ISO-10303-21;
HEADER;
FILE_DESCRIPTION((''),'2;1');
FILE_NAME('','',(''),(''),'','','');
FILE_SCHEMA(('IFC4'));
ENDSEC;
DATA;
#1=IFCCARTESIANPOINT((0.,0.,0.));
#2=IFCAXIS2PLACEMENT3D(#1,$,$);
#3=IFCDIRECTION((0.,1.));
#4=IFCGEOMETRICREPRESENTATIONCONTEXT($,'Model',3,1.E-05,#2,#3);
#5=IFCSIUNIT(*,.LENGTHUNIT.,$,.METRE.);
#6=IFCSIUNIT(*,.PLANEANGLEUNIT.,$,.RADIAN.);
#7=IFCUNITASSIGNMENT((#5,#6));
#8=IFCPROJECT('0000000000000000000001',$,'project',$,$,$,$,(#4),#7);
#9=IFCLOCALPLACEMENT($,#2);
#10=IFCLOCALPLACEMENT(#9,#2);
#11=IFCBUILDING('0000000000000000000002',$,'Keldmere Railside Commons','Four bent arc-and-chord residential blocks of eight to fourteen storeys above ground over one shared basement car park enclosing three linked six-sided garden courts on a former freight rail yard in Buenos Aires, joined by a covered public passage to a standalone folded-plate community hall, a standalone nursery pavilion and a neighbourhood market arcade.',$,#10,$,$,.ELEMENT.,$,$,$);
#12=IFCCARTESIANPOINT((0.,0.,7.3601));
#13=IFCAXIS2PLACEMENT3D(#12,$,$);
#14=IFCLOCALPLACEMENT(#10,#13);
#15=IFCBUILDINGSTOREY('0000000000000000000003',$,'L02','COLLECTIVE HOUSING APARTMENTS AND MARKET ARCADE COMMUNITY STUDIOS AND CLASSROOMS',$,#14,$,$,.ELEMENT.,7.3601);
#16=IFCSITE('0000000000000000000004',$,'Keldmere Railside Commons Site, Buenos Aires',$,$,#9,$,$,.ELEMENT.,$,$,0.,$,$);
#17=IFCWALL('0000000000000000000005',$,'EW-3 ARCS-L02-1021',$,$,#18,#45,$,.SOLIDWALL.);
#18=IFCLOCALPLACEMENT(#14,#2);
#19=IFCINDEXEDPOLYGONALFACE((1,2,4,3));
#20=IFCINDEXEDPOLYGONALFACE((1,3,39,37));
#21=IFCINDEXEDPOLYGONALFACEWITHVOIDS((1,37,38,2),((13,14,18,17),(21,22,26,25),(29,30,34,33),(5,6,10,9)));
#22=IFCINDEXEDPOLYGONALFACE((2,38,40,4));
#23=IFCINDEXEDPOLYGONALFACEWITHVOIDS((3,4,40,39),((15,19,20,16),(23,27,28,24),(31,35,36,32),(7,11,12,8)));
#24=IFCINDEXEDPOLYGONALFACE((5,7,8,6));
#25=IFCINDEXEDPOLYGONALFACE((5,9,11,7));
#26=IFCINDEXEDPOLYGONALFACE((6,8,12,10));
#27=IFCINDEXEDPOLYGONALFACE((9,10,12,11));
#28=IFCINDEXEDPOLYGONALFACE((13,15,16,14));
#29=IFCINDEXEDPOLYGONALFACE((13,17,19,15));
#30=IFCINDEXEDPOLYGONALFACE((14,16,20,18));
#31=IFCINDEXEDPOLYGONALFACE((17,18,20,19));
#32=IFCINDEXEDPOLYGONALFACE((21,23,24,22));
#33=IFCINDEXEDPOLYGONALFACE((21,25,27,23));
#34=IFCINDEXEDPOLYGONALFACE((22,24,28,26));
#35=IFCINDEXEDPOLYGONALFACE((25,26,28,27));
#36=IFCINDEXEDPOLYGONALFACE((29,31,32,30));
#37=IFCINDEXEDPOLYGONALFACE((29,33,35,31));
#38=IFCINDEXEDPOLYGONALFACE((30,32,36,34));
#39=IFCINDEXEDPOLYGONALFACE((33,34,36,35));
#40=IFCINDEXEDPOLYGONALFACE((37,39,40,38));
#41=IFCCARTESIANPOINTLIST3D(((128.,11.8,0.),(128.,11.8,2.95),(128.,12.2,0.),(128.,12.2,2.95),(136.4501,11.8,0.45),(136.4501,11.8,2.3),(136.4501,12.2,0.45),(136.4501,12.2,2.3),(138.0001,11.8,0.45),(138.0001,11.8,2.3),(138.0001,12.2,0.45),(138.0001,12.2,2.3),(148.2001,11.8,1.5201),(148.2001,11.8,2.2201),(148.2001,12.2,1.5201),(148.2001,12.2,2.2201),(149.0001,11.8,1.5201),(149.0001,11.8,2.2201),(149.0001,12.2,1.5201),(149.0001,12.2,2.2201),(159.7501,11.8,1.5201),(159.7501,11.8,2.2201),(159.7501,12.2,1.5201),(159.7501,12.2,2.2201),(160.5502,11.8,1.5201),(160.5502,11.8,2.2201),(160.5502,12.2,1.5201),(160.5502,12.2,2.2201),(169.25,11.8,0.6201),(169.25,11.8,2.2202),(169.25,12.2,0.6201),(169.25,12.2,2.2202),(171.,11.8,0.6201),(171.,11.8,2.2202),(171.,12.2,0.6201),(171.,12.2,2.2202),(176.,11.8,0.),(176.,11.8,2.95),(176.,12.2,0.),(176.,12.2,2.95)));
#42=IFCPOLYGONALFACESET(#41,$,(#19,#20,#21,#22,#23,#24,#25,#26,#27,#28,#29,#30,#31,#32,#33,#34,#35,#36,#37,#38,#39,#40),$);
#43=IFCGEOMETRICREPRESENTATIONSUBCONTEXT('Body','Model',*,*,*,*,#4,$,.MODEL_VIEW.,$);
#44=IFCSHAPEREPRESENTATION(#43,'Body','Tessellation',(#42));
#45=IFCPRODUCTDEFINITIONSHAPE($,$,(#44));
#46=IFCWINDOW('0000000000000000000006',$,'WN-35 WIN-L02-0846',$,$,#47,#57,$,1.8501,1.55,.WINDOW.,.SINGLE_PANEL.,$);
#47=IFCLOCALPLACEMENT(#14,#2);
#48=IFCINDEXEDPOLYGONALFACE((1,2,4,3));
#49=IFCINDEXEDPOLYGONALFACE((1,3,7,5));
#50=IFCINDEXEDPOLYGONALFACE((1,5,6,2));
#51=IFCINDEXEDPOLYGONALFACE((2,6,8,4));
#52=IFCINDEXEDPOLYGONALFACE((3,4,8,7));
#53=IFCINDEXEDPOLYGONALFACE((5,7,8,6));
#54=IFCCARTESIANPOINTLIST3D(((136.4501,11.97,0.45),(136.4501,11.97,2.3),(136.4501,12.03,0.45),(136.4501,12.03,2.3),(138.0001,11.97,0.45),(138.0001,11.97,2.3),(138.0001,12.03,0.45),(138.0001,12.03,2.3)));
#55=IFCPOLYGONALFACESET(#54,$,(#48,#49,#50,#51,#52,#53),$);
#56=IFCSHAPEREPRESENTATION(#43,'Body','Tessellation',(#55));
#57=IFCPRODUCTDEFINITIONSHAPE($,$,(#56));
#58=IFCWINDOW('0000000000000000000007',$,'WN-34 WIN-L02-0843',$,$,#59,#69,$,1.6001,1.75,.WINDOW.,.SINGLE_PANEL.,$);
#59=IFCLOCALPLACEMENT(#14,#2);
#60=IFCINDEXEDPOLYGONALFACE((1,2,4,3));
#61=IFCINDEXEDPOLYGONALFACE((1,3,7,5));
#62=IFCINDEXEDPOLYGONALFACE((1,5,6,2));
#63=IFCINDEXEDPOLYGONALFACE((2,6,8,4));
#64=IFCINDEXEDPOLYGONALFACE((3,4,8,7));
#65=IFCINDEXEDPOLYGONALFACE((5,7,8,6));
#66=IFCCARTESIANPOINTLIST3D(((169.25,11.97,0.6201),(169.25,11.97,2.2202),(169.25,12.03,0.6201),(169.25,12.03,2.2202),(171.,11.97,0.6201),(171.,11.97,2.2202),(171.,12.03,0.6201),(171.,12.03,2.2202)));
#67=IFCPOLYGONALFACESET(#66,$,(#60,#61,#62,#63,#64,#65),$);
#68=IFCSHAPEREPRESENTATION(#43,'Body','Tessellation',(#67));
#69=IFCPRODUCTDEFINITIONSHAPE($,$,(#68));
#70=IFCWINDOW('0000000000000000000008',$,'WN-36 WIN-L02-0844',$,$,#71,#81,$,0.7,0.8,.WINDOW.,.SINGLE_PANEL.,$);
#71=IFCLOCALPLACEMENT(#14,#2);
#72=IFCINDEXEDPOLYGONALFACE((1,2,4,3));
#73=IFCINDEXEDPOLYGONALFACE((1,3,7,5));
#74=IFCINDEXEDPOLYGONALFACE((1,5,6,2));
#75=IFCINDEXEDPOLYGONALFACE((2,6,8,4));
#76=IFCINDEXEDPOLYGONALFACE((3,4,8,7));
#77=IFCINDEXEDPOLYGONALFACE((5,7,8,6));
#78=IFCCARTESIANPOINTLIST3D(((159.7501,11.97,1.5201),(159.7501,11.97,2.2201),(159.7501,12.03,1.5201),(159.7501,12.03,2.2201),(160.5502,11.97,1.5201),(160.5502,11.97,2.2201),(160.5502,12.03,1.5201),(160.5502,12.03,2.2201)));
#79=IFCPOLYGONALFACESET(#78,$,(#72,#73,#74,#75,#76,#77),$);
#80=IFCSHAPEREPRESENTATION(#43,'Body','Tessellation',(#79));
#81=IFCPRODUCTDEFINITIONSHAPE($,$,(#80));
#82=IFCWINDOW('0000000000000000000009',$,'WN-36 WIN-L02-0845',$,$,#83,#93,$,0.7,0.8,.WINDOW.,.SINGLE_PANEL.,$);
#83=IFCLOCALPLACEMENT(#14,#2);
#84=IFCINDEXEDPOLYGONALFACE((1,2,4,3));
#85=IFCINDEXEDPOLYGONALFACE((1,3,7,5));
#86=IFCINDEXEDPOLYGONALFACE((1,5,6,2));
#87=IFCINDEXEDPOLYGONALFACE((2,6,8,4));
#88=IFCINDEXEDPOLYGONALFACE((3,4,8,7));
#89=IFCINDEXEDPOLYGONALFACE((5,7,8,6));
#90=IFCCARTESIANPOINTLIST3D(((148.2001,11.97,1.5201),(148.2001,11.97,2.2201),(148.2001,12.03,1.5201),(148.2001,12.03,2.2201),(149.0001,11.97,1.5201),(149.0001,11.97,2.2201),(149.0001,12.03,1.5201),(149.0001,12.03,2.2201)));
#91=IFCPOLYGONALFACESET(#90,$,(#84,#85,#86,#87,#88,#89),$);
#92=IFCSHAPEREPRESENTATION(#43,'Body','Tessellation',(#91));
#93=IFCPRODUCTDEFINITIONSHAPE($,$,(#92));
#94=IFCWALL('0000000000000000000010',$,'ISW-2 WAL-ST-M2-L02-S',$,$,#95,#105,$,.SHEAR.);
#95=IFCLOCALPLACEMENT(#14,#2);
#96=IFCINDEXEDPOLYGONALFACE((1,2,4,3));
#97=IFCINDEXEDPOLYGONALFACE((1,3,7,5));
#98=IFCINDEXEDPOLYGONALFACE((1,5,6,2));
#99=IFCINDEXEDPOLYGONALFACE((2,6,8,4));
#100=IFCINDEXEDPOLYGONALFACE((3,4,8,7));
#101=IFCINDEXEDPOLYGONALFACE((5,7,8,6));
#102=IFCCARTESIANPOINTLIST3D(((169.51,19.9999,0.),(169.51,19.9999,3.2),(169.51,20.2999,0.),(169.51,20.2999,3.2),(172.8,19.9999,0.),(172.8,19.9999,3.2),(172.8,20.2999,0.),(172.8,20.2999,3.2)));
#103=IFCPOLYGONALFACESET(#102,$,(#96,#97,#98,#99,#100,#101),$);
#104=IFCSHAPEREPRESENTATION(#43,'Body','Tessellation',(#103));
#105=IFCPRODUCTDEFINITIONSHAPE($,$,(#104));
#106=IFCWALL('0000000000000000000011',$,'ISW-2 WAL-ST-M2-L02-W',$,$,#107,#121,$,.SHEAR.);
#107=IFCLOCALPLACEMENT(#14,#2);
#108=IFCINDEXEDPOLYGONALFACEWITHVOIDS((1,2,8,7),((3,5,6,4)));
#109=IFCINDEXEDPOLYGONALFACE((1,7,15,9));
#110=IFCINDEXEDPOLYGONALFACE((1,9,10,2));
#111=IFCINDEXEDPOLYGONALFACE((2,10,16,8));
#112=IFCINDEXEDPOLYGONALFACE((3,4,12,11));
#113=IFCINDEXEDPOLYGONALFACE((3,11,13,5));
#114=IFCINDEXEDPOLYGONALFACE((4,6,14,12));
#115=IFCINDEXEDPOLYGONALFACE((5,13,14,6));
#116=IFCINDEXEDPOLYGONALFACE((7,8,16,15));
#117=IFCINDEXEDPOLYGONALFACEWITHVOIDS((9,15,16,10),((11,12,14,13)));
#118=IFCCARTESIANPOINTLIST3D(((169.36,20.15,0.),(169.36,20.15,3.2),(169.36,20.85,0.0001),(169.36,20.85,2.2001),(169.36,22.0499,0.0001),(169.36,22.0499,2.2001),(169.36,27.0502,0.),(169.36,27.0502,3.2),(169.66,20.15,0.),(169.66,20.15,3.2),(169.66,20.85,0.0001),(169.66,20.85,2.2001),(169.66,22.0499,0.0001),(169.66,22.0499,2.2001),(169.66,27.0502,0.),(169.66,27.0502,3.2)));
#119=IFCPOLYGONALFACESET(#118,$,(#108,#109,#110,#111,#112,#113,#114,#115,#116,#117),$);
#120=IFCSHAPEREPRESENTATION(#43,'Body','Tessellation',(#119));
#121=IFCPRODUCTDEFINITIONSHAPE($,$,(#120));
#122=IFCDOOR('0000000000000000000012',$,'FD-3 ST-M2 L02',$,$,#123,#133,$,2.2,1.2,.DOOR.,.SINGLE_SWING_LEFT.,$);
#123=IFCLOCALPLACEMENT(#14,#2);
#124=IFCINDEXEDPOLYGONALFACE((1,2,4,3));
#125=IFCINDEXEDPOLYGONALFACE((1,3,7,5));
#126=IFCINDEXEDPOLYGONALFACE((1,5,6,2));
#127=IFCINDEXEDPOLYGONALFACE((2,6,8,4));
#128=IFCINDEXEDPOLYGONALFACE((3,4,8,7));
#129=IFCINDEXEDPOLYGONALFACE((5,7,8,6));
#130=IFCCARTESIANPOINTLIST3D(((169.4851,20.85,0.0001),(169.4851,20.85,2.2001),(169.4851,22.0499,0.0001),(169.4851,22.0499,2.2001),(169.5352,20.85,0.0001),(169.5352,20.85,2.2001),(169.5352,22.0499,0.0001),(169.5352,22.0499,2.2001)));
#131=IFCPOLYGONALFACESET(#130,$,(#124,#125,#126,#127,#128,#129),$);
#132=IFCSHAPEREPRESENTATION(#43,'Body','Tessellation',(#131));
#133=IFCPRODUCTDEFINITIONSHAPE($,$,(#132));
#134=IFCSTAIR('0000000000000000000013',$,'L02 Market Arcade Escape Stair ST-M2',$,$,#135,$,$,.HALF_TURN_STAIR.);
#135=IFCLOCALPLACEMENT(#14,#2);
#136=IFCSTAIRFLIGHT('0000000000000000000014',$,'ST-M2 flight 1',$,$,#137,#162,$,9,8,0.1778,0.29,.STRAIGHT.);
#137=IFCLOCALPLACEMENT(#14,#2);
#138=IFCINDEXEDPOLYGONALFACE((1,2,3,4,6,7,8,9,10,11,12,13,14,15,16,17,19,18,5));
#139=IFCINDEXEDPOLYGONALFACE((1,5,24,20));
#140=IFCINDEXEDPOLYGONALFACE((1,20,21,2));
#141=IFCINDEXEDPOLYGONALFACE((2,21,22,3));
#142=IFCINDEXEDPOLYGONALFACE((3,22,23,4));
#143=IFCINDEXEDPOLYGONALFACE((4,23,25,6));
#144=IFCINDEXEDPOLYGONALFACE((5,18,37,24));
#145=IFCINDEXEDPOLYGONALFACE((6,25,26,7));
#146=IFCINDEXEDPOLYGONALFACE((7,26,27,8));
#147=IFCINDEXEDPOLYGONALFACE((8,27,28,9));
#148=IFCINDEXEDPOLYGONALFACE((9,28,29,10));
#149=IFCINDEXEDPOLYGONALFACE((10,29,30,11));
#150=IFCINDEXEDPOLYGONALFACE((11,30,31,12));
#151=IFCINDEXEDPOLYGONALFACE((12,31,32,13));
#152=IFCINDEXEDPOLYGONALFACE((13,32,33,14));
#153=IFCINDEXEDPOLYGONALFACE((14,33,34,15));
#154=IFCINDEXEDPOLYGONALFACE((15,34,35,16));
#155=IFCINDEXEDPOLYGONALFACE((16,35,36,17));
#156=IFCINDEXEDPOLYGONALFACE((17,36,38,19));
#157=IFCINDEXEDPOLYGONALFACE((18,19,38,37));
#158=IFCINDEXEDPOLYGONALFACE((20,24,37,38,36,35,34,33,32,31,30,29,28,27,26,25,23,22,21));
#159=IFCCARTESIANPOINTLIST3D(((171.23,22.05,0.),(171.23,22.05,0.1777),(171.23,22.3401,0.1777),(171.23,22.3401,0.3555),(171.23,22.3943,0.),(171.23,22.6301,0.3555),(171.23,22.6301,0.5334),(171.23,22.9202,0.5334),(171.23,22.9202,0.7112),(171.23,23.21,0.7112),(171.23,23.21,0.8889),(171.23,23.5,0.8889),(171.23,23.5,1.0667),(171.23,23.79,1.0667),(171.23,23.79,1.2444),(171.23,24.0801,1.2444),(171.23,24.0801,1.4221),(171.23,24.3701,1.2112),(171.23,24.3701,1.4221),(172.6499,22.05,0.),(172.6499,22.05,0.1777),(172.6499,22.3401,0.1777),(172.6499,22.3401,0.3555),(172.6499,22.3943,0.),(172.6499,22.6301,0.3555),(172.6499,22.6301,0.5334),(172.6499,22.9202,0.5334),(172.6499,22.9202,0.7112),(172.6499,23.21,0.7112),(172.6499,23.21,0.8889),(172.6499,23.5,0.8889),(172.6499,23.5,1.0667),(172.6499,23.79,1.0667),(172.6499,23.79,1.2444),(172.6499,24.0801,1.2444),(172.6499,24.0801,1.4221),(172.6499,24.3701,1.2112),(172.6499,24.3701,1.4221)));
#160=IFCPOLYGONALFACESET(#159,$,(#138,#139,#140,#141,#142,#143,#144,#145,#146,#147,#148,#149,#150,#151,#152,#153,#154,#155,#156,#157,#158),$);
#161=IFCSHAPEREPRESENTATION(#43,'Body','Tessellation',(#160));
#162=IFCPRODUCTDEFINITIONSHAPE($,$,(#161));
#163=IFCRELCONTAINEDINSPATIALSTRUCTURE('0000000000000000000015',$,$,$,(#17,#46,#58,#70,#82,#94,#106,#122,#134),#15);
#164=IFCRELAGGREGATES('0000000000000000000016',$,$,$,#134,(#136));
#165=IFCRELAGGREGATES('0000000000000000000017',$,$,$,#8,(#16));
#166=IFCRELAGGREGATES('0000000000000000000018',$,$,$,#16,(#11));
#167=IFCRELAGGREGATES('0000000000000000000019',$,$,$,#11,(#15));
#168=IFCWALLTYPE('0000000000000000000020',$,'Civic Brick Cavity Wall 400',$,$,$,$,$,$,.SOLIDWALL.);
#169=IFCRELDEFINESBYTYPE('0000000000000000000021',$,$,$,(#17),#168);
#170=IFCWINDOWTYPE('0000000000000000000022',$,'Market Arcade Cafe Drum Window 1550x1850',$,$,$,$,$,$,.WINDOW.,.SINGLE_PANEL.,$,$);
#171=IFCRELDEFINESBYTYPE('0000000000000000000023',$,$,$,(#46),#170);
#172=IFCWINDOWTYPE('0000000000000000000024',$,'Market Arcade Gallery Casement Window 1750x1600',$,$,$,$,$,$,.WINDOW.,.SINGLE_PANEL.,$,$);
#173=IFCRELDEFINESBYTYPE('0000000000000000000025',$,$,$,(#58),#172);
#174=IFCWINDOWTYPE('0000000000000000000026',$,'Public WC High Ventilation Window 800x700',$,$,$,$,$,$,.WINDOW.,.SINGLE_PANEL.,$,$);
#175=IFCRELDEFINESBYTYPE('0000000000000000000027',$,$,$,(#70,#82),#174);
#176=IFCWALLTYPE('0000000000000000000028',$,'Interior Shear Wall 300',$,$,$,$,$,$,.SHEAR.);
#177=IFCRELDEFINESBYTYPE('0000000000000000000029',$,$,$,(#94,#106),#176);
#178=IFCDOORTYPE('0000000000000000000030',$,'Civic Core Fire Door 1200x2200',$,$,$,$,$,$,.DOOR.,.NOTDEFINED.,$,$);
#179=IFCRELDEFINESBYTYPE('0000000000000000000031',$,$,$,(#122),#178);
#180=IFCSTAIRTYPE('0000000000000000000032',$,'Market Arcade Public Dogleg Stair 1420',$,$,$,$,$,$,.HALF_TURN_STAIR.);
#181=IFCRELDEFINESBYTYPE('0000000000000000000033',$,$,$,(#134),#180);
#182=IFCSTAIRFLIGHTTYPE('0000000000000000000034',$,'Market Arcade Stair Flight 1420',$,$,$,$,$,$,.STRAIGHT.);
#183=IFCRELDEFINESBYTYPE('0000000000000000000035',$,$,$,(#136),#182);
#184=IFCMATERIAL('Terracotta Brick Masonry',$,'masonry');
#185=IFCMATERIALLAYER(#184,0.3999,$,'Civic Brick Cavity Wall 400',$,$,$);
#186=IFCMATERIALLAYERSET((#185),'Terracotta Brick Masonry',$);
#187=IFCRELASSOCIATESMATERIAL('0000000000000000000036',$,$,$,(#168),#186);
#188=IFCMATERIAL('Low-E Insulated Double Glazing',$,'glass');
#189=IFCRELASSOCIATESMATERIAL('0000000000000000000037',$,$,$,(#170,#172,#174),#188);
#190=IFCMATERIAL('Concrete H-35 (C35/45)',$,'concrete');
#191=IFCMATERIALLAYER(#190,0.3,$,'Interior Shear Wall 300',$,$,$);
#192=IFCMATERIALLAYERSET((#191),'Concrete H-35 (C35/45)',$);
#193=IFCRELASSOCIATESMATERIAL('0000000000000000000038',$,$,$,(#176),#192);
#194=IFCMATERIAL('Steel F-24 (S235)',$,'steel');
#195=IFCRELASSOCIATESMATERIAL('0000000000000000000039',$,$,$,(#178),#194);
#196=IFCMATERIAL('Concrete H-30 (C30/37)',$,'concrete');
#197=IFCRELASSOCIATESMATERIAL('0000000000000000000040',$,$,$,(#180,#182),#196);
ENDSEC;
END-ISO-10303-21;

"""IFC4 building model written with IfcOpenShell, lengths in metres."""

from ifc_helpers import new_model, si_unit, direction, frame, frame_2d, origin, place, context, subcontext, project, spatial, polyline, rectangle, outline, extrude, material, layer, layer_set, type_object, element, fill, aggregate, save


model = new_model("IFC4")

# Units and contexts
model_context = context("Model", 3, precision=1e-05, world=origin(), true_north=direction((0.0, 1.0)))
body_context = subcontext(model_context, "Body", "Model", "MODEL_VIEW")
ifc_project = project(units=[si_unit("LENGTHUNIT", "METRE"), si_unit("PLANEANGLEUNIT", "RADIAN")], contexts=[model_context])

# Site, building, storey
site_placement = place(None, origin())
site = spatial("IfcSite", under=ifc_project, at=site_placement, Name="Keldmere Railside Commons Site, Buenos Aires", CompositionType="ELEMENT", RefElevation=0.0)
building_placement = place(site_placement, origin())
building = spatial("IfcBuilding", under=site, at=building_placement, Name="Keldmere Railside Commons", Description="Four bent arc-and-chord residential blocks of eight to fourteen storeys above ground over one shared basement car park enclosing three linked six-sided garden courts on a former freight rail yard in Buenos Aires, joined by a covered public passage to a standalone folded-plate community hall, a standalone nursery pavilion and a neighbourhood market arcade.", CompositionType="ELEMENT")
storey_placement = place(building_placement, frame((0.0, 0.0, 7.3601)))
storey = spatial("IfcBuildingStorey", under=building, at=storey_placement, Name="L02", Description="COLLECTIVE HOUSING APARTMENTS AND MARKET ARCADE COMMUNITY STUDIOS AND CLASSROOMS", CompositionType="ELEMENT", Elevation=7.3601)

# Shared definitions
ifc_material_1 = material(Name="Concrete H-35 (C35/45)", Category="concrete")

# Shared definitions
ifc_material_2 = material(Name="Concrete H-30 (C30/37)", Category="concrete")

# Wall, openings, windows
ifc_material_3 = material(Name="Terracotta Brick Masonry", Category="masonry")
ifc_layer_1 = layer(ifc_material_3, 0.3999, Name="Civic Brick Cavity Wall 400")
ifc_layer_set_1 = layer_set([ifc_layer_1], Name="Terracotta Brick Masonry")
wall_type_1 = type_object("IfcWallType", Name="Civic Brick Cavity Wall 400", PredefinedType="SOLIDWALL", material=ifc_layer_set_1)
wall_1_placement = place(storey_placement, frame((176.0, 12.0, 0.0), z_axis=(0.0, 0.0, 1.0), x_axis=(-1.0, 0.0, 0.0)))
wall_1 = element("IfcWall", 1, at=wall_1_placement, inside=storey, type_object=wall_type_1, Name="EW-3 ARCS-L02-1021", PredefinedType="SOLIDWALL", context=body_context, shape_type="SweptSolid", body=[
    extrude(rectangle(XDim=48.0, YDim=0.3999, at=frame_2d((24.0, 0.0))), origin(), (0.0, 0.0, 1.0), 2.95),
])
opening_1_placement = place(wall_1_placement, frame((5.0, 0.0, 0.6201)))
opening_1 = element("IfcOpeningElement", 2, at=opening_1_placement, cuts=wall_1, PredefinedType="OPENING", context=body_context, shape_type="SweptSolid", body=[
    extrude(rectangle(XDim=1.75, YDim=1.6001, at=frame_2d((0.875, 0.8))), frame((0.0, 0.21, 0.0), z_axis=(0.0, -1.0, 0.0), x_axis=(1.0, 0.0, 0.0)), (0.0, 0.0, 1.0), 0.4199),
])
opening_2_placement = place(wall_1_placement, frame((15.45, 0.0, 1.52)))
opening_2 = element("IfcOpeningElement", 3, at=opening_2_placement, cuts=wall_1, PredefinedType="OPENING", context=body_context, shape_type="SweptSolid", body=[
    extrude(rectangle(XDim=0.8, YDim=0.7, at=frame_2d((0.3999, 0.3501))), frame((0.0, 0.21, 0.0), z_axis=(0.0, -1.0, 0.0), x_axis=(1.0, 0.0, 0.0)), (0.0, 0.0, 1.0), 0.4199),
])
opening_3_placement = place(wall_1_placement, frame((27.0, 0.0, 1.52)))
opening_3 = element("IfcOpeningElement", 4, at=opening_3_placement, cuts=wall_1, PredefinedType="OPENING", context=body_context, shape_type="SweptSolid", body=[
    extrude(rectangle(XDim=0.8, YDim=0.7, at=frame_2d((0.3999, 0.3501))), frame((0.0, 0.21, 0.0), z_axis=(0.0, -1.0, 0.0), x_axis=(1.0, 0.0, 0.0)), (0.0, 0.0, 1.0), 0.4199),
])
opening_4_placement = place(wall_1_placement, frame((38.0, 0.0, 0.45)))
opening_4 = element("IfcOpeningElement", 5, at=opening_4_placement, cuts=wall_1, PredefinedType="OPENING", context=body_context, shape_type="SweptSolid", body=[
    extrude(rectangle(XDim=1.55, YDim=1.8501, at=frame_2d((0.7749, 0.925))), frame((0.0, 0.21, 0.0), z_axis=(0.0, -1.0, 0.0), x_axis=(1.0, 0.0, 0.0)), (0.0, 0.0, 1.0), 0.4199),
])
ifc_material_4 = material(Name="Low-E Insulated Double Glazing", Category="glass")
window_type_1 = type_object("IfcWindowType", Name="Market Arcade Cafe Drum Window 1550x1850", PartitioningType="SINGLE_PANEL", PredefinedType="WINDOW", material=ifc_material_4)
window_1_placement = place(opening_4_placement, origin())
window_1 = element("IfcWindow", 6, at=window_1_placement, inside=storey, type_object=window_type_1, Name="WN-35 WIN-L02-0846", OverallHeight=1.8501, OverallWidth=1.55, PartitioningType="SINGLE_PANEL", PredefinedType="WINDOW", context=body_context, shape_type="SweptSolid", body=[
    extrude(rectangle(XDim=1.55, YDim=1.8501, at=frame_2d((0.7749, 0.925))), frame((0.0, 0.03, 0.0), z_axis=(0.0, -1.0, 0.0), x_axis=(1.0, 0.0, 0.0)), (0.0, 0.0, 1.0), 0.0601),
])
fill(opening_4, window_1)
window_type_2 = type_object("IfcWindowType", Name="Market Arcade Gallery Casement Window 1750x1600", PartitioningType="SINGLE_PANEL", PredefinedType="WINDOW", material=ifc_material_4)
window_2_placement = place(opening_1_placement, origin())
window_2 = element("IfcWindow", 7, at=window_2_placement, inside=storey, type_object=window_type_2, Name="WN-34 WIN-L02-0843", OverallHeight=1.6001, OverallWidth=1.75, PartitioningType="SINGLE_PANEL", PredefinedType="WINDOW", context=body_context, shape_type="SweptSolid", body=[
    extrude(rectangle(XDim=1.75, YDim=1.6001, at=frame_2d((0.875, 0.8))), frame((0.0, 0.03, 0.0), z_axis=(0.0, -1.0, 0.0), x_axis=(1.0, 0.0, 0.0)), (0.0, 0.0, 1.0), 0.0601),
])
fill(opening_1, window_2)
window_type_3 = type_object("IfcWindowType", Name="Public WC High Ventilation Window 800x700", PartitioningType="SINGLE_PANEL", PredefinedType="WINDOW", material=ifc_material_4)
window_3_placement = place(opening_2_placement, origin())
window_3 = element("IfcWindow", 8, at=window_3_placement, inside=storey, type_object=window_type_3, Name="WN-36 WIN-L02-0844", OverallHeight=0.7, OverallWidth=0.8, PartitioningType="SINGLE_PANEL", PredefinedType="WINDOW", context=body_context, shape_type="SweptSolid", body=[
    extrude(rectangle(XDim=0.8, YDim=0.7, at=frame_2d((0.3999, 0.3501))), frame((0.0, 0.03, 0.0), z_axis=(0.0, -1.0, 0.0), x_axis=(1.0, 0.0, 0.0)), (0.0, 0.0, 1.0), 0.0601),
])
fill(opening_2, window_3)
window_4_placement = place(opening_3_placement, origin())
window_4 = element("IfcWindow", 9, at=window_4_placement, inside=storey, type_object=window_type_3, Name="WN-36 WIN-L02-0845", OverallHeight=0.7, OverallWidth=0.8, PartitioningType="SINGLE_PANEL", PredefinedType="WINDOW", context=body_context, shape_type="SweptSolid", body=[
    extrude(rectangle(XDim=0.8, YDim=0.7, at=frame_2d((0.3999, 0.3501))), frame((0.0, 0.03, 0.0), z_axis=(0.0, -1.0, 0.0), x_axis=(1.0, 0.0, 0.0)), (0.0, 0.0, 1.0), 0.0601),
])
fill(opening_3, window_4)

# Shared definitions
ifc_material_5 = material(Name="Steel F-24 (S235)", Category="steel")

# Wall
ifc_layer_2 = layer(ifc_material_1, 0.3, Name="Interior Shear Wall 300")
ifc_layer_set_2 = layer_set([ifc_layer_2], Name="Concrete H-35 (C35/45)")
wall_type_2 = type_object("IfcWallType", Name="Interior Shear Wall 300", PredefinedType="SHEAR", material=ifc_layer_set_2)
wall_2_placement = place(storey_placement, frame((172.8, 20.1499, 0.0), z_axis=(0.0, 0.0, 1.0), x_axis=(-1.0, 0.0, 0.0)))
element("IfcWall", 10, at=wall_2_placement, inside=storey, type_object=wall_type_2, Name="ISW-2 WAL-ST-M2-L02-S", PredefinedType="SHEAR", context=body_context, shape_type="SweptSolid", body=[
    extrude(rectangle(XDim=3.29, YDim=0.3, at=frame_2d((1.645, 0.0))), origin(), (0.0, 0.0, 1.0), 3.2),
])

# Wall, opening, door
wall_3_placement = place(storey_placement, frame((169.51, 20.1499, 0.0), z_axis=(0.0, 0.0, 1.0), x_axis=(0.0, 1.0, 0.0)))
wall_3 = element("IfcWall", 11, at=wall_3_placement, inside=storey, type_object=wall_type_2, Name="ISW-2 WAL-ST-M2-L02-W", PredefinedType="SHEAR", context=body_context, shape_type="SweptSolid", body=[
    extrude(rectangle(XDim=6.9001, YDim=0.3, at=frame_2d((3.4502, 0.0))), origin(), (0.0, 0.0, 1.0), 3.2),
])
opening_5_placement = place(wall_3_placement, frame((0.7, 0.0, 0.0)))
opening_5 = element("IfcOpeningElement", 12, at=opening_5_placement, cuts=wall_3, PredefinedType="OPENING", context=body_context, shape_type="SweptSolid", body=[
    extrude(rectangle(XDim=1.2, YDim=2.2, at=frame_2d((0.6001, 1.1001))), frame((0.0, 0.1599, 0.0), z_axis=(0.0, -1.0, 0.0), x_axis=(1.0, 0.0, 0.0)), (0.0, 0.0, 1.0), 0.3201),
])
door_type_1 = type_object("IfcDoorType", Name="Civic Core Fire Door 1200x2200", OperationType="NOTDEFINED", PredefinedType="DOOR", material=ifc_material_5)
door_1_placement = place(opening_5_placement, origin())
door_1 = element("IfcDoor", 13, at=door_1_placement, inside=storey, type_object=door_type_1, Name="FD-3 ST-M2 L02", OperationType="SINGLE_SWING_LEFT", OverallHeight=2.2, OverallWidth=1.2, PredefinedType="DOOR", context=body_context, shape_type="SweptSolid", body=[
    extrude(rectangle(XDim=1.2, YDim=2.2, at=frame_2d((0.6001, 1.1001))), frame((0.0, 0.0249, 0.0), z_axis=(0.0, -1.0, 0.0), x_axis=(1.0, 0.0, 0.0)), (0.0, 0.0, 1.0), 0.05),
])
fill(opening_5, door_1)

# Stair, stair flight
stair_type = type_object("IfcStairType", Name="Market Arcade Public Dogleg Stair 1420", PredefinedType="HALF_TURN_STAIR", material=ifc_material_2)
stair_placement = place(storey_placement, origin())
stair = element("IfcStair", 14, at=stair_placement, inside=storey, type_object=stair_type, Name="L02 Market Arcade Escape Stair ST-M2", PredefinedType="HALF_TURN_STAIR")
stair_flight_type = type_object("IfcStairFlightType", Name="Market Arcade Stair Flight 1420", PredefinedType="STRAIGHT", material=ifc_material_2)
stair_flight_placement = place(storey_placement, frame((171.9399, 22.05, 0.0), z_axis=(0.0, 0.0, 1.0), x_axis=(0.0, 1.0, 0.0)))
stair_flight = element("IfcStairFlight", 15, at=stair_flight_placement, type_object=stair_flight_type, Name="ST-M2 flight 1", NumberOfRisers=9, NumberOfTreads=8, PredefinedType="STRAIGHT", RiserHeight=0.1778, TreadLength=0.29, context=body_context, shape_type="SweptSolid", body=[
    extrude(outline(polyline([(0.0, 0.0), (0.0, 0.1777), (0.29, 0.1777), (0.29, 0.3555), (0.5801, 0.3555), (0.5801, 0.5334), (0.8701, 0.5334), (0.8701, 0.7112), (1.1599, 0.7112), (1.1599, 0.8889), (1.45, 0.8889), (1.45, 1.0667), (1.74, 1.0667), (1.74, 1.2444), (2.03, 1.2444), (2.03, 1.4221), (2.3201, 1.4221), (2.3201, 1.6001), (2.3201, 1.2112), (0.3442, 0.0), (0.0, 0.0)])), frame((0.0, 0.71, 0.0), z_axis=(0.0, -1.0, 0.0), x_axis=(1.0, 0.0, 0.0)), (0.0, 0.0, 1.0), 1.4199),
])
aggregate(stair, [stair_flight])

save(model, "model.ifc")
